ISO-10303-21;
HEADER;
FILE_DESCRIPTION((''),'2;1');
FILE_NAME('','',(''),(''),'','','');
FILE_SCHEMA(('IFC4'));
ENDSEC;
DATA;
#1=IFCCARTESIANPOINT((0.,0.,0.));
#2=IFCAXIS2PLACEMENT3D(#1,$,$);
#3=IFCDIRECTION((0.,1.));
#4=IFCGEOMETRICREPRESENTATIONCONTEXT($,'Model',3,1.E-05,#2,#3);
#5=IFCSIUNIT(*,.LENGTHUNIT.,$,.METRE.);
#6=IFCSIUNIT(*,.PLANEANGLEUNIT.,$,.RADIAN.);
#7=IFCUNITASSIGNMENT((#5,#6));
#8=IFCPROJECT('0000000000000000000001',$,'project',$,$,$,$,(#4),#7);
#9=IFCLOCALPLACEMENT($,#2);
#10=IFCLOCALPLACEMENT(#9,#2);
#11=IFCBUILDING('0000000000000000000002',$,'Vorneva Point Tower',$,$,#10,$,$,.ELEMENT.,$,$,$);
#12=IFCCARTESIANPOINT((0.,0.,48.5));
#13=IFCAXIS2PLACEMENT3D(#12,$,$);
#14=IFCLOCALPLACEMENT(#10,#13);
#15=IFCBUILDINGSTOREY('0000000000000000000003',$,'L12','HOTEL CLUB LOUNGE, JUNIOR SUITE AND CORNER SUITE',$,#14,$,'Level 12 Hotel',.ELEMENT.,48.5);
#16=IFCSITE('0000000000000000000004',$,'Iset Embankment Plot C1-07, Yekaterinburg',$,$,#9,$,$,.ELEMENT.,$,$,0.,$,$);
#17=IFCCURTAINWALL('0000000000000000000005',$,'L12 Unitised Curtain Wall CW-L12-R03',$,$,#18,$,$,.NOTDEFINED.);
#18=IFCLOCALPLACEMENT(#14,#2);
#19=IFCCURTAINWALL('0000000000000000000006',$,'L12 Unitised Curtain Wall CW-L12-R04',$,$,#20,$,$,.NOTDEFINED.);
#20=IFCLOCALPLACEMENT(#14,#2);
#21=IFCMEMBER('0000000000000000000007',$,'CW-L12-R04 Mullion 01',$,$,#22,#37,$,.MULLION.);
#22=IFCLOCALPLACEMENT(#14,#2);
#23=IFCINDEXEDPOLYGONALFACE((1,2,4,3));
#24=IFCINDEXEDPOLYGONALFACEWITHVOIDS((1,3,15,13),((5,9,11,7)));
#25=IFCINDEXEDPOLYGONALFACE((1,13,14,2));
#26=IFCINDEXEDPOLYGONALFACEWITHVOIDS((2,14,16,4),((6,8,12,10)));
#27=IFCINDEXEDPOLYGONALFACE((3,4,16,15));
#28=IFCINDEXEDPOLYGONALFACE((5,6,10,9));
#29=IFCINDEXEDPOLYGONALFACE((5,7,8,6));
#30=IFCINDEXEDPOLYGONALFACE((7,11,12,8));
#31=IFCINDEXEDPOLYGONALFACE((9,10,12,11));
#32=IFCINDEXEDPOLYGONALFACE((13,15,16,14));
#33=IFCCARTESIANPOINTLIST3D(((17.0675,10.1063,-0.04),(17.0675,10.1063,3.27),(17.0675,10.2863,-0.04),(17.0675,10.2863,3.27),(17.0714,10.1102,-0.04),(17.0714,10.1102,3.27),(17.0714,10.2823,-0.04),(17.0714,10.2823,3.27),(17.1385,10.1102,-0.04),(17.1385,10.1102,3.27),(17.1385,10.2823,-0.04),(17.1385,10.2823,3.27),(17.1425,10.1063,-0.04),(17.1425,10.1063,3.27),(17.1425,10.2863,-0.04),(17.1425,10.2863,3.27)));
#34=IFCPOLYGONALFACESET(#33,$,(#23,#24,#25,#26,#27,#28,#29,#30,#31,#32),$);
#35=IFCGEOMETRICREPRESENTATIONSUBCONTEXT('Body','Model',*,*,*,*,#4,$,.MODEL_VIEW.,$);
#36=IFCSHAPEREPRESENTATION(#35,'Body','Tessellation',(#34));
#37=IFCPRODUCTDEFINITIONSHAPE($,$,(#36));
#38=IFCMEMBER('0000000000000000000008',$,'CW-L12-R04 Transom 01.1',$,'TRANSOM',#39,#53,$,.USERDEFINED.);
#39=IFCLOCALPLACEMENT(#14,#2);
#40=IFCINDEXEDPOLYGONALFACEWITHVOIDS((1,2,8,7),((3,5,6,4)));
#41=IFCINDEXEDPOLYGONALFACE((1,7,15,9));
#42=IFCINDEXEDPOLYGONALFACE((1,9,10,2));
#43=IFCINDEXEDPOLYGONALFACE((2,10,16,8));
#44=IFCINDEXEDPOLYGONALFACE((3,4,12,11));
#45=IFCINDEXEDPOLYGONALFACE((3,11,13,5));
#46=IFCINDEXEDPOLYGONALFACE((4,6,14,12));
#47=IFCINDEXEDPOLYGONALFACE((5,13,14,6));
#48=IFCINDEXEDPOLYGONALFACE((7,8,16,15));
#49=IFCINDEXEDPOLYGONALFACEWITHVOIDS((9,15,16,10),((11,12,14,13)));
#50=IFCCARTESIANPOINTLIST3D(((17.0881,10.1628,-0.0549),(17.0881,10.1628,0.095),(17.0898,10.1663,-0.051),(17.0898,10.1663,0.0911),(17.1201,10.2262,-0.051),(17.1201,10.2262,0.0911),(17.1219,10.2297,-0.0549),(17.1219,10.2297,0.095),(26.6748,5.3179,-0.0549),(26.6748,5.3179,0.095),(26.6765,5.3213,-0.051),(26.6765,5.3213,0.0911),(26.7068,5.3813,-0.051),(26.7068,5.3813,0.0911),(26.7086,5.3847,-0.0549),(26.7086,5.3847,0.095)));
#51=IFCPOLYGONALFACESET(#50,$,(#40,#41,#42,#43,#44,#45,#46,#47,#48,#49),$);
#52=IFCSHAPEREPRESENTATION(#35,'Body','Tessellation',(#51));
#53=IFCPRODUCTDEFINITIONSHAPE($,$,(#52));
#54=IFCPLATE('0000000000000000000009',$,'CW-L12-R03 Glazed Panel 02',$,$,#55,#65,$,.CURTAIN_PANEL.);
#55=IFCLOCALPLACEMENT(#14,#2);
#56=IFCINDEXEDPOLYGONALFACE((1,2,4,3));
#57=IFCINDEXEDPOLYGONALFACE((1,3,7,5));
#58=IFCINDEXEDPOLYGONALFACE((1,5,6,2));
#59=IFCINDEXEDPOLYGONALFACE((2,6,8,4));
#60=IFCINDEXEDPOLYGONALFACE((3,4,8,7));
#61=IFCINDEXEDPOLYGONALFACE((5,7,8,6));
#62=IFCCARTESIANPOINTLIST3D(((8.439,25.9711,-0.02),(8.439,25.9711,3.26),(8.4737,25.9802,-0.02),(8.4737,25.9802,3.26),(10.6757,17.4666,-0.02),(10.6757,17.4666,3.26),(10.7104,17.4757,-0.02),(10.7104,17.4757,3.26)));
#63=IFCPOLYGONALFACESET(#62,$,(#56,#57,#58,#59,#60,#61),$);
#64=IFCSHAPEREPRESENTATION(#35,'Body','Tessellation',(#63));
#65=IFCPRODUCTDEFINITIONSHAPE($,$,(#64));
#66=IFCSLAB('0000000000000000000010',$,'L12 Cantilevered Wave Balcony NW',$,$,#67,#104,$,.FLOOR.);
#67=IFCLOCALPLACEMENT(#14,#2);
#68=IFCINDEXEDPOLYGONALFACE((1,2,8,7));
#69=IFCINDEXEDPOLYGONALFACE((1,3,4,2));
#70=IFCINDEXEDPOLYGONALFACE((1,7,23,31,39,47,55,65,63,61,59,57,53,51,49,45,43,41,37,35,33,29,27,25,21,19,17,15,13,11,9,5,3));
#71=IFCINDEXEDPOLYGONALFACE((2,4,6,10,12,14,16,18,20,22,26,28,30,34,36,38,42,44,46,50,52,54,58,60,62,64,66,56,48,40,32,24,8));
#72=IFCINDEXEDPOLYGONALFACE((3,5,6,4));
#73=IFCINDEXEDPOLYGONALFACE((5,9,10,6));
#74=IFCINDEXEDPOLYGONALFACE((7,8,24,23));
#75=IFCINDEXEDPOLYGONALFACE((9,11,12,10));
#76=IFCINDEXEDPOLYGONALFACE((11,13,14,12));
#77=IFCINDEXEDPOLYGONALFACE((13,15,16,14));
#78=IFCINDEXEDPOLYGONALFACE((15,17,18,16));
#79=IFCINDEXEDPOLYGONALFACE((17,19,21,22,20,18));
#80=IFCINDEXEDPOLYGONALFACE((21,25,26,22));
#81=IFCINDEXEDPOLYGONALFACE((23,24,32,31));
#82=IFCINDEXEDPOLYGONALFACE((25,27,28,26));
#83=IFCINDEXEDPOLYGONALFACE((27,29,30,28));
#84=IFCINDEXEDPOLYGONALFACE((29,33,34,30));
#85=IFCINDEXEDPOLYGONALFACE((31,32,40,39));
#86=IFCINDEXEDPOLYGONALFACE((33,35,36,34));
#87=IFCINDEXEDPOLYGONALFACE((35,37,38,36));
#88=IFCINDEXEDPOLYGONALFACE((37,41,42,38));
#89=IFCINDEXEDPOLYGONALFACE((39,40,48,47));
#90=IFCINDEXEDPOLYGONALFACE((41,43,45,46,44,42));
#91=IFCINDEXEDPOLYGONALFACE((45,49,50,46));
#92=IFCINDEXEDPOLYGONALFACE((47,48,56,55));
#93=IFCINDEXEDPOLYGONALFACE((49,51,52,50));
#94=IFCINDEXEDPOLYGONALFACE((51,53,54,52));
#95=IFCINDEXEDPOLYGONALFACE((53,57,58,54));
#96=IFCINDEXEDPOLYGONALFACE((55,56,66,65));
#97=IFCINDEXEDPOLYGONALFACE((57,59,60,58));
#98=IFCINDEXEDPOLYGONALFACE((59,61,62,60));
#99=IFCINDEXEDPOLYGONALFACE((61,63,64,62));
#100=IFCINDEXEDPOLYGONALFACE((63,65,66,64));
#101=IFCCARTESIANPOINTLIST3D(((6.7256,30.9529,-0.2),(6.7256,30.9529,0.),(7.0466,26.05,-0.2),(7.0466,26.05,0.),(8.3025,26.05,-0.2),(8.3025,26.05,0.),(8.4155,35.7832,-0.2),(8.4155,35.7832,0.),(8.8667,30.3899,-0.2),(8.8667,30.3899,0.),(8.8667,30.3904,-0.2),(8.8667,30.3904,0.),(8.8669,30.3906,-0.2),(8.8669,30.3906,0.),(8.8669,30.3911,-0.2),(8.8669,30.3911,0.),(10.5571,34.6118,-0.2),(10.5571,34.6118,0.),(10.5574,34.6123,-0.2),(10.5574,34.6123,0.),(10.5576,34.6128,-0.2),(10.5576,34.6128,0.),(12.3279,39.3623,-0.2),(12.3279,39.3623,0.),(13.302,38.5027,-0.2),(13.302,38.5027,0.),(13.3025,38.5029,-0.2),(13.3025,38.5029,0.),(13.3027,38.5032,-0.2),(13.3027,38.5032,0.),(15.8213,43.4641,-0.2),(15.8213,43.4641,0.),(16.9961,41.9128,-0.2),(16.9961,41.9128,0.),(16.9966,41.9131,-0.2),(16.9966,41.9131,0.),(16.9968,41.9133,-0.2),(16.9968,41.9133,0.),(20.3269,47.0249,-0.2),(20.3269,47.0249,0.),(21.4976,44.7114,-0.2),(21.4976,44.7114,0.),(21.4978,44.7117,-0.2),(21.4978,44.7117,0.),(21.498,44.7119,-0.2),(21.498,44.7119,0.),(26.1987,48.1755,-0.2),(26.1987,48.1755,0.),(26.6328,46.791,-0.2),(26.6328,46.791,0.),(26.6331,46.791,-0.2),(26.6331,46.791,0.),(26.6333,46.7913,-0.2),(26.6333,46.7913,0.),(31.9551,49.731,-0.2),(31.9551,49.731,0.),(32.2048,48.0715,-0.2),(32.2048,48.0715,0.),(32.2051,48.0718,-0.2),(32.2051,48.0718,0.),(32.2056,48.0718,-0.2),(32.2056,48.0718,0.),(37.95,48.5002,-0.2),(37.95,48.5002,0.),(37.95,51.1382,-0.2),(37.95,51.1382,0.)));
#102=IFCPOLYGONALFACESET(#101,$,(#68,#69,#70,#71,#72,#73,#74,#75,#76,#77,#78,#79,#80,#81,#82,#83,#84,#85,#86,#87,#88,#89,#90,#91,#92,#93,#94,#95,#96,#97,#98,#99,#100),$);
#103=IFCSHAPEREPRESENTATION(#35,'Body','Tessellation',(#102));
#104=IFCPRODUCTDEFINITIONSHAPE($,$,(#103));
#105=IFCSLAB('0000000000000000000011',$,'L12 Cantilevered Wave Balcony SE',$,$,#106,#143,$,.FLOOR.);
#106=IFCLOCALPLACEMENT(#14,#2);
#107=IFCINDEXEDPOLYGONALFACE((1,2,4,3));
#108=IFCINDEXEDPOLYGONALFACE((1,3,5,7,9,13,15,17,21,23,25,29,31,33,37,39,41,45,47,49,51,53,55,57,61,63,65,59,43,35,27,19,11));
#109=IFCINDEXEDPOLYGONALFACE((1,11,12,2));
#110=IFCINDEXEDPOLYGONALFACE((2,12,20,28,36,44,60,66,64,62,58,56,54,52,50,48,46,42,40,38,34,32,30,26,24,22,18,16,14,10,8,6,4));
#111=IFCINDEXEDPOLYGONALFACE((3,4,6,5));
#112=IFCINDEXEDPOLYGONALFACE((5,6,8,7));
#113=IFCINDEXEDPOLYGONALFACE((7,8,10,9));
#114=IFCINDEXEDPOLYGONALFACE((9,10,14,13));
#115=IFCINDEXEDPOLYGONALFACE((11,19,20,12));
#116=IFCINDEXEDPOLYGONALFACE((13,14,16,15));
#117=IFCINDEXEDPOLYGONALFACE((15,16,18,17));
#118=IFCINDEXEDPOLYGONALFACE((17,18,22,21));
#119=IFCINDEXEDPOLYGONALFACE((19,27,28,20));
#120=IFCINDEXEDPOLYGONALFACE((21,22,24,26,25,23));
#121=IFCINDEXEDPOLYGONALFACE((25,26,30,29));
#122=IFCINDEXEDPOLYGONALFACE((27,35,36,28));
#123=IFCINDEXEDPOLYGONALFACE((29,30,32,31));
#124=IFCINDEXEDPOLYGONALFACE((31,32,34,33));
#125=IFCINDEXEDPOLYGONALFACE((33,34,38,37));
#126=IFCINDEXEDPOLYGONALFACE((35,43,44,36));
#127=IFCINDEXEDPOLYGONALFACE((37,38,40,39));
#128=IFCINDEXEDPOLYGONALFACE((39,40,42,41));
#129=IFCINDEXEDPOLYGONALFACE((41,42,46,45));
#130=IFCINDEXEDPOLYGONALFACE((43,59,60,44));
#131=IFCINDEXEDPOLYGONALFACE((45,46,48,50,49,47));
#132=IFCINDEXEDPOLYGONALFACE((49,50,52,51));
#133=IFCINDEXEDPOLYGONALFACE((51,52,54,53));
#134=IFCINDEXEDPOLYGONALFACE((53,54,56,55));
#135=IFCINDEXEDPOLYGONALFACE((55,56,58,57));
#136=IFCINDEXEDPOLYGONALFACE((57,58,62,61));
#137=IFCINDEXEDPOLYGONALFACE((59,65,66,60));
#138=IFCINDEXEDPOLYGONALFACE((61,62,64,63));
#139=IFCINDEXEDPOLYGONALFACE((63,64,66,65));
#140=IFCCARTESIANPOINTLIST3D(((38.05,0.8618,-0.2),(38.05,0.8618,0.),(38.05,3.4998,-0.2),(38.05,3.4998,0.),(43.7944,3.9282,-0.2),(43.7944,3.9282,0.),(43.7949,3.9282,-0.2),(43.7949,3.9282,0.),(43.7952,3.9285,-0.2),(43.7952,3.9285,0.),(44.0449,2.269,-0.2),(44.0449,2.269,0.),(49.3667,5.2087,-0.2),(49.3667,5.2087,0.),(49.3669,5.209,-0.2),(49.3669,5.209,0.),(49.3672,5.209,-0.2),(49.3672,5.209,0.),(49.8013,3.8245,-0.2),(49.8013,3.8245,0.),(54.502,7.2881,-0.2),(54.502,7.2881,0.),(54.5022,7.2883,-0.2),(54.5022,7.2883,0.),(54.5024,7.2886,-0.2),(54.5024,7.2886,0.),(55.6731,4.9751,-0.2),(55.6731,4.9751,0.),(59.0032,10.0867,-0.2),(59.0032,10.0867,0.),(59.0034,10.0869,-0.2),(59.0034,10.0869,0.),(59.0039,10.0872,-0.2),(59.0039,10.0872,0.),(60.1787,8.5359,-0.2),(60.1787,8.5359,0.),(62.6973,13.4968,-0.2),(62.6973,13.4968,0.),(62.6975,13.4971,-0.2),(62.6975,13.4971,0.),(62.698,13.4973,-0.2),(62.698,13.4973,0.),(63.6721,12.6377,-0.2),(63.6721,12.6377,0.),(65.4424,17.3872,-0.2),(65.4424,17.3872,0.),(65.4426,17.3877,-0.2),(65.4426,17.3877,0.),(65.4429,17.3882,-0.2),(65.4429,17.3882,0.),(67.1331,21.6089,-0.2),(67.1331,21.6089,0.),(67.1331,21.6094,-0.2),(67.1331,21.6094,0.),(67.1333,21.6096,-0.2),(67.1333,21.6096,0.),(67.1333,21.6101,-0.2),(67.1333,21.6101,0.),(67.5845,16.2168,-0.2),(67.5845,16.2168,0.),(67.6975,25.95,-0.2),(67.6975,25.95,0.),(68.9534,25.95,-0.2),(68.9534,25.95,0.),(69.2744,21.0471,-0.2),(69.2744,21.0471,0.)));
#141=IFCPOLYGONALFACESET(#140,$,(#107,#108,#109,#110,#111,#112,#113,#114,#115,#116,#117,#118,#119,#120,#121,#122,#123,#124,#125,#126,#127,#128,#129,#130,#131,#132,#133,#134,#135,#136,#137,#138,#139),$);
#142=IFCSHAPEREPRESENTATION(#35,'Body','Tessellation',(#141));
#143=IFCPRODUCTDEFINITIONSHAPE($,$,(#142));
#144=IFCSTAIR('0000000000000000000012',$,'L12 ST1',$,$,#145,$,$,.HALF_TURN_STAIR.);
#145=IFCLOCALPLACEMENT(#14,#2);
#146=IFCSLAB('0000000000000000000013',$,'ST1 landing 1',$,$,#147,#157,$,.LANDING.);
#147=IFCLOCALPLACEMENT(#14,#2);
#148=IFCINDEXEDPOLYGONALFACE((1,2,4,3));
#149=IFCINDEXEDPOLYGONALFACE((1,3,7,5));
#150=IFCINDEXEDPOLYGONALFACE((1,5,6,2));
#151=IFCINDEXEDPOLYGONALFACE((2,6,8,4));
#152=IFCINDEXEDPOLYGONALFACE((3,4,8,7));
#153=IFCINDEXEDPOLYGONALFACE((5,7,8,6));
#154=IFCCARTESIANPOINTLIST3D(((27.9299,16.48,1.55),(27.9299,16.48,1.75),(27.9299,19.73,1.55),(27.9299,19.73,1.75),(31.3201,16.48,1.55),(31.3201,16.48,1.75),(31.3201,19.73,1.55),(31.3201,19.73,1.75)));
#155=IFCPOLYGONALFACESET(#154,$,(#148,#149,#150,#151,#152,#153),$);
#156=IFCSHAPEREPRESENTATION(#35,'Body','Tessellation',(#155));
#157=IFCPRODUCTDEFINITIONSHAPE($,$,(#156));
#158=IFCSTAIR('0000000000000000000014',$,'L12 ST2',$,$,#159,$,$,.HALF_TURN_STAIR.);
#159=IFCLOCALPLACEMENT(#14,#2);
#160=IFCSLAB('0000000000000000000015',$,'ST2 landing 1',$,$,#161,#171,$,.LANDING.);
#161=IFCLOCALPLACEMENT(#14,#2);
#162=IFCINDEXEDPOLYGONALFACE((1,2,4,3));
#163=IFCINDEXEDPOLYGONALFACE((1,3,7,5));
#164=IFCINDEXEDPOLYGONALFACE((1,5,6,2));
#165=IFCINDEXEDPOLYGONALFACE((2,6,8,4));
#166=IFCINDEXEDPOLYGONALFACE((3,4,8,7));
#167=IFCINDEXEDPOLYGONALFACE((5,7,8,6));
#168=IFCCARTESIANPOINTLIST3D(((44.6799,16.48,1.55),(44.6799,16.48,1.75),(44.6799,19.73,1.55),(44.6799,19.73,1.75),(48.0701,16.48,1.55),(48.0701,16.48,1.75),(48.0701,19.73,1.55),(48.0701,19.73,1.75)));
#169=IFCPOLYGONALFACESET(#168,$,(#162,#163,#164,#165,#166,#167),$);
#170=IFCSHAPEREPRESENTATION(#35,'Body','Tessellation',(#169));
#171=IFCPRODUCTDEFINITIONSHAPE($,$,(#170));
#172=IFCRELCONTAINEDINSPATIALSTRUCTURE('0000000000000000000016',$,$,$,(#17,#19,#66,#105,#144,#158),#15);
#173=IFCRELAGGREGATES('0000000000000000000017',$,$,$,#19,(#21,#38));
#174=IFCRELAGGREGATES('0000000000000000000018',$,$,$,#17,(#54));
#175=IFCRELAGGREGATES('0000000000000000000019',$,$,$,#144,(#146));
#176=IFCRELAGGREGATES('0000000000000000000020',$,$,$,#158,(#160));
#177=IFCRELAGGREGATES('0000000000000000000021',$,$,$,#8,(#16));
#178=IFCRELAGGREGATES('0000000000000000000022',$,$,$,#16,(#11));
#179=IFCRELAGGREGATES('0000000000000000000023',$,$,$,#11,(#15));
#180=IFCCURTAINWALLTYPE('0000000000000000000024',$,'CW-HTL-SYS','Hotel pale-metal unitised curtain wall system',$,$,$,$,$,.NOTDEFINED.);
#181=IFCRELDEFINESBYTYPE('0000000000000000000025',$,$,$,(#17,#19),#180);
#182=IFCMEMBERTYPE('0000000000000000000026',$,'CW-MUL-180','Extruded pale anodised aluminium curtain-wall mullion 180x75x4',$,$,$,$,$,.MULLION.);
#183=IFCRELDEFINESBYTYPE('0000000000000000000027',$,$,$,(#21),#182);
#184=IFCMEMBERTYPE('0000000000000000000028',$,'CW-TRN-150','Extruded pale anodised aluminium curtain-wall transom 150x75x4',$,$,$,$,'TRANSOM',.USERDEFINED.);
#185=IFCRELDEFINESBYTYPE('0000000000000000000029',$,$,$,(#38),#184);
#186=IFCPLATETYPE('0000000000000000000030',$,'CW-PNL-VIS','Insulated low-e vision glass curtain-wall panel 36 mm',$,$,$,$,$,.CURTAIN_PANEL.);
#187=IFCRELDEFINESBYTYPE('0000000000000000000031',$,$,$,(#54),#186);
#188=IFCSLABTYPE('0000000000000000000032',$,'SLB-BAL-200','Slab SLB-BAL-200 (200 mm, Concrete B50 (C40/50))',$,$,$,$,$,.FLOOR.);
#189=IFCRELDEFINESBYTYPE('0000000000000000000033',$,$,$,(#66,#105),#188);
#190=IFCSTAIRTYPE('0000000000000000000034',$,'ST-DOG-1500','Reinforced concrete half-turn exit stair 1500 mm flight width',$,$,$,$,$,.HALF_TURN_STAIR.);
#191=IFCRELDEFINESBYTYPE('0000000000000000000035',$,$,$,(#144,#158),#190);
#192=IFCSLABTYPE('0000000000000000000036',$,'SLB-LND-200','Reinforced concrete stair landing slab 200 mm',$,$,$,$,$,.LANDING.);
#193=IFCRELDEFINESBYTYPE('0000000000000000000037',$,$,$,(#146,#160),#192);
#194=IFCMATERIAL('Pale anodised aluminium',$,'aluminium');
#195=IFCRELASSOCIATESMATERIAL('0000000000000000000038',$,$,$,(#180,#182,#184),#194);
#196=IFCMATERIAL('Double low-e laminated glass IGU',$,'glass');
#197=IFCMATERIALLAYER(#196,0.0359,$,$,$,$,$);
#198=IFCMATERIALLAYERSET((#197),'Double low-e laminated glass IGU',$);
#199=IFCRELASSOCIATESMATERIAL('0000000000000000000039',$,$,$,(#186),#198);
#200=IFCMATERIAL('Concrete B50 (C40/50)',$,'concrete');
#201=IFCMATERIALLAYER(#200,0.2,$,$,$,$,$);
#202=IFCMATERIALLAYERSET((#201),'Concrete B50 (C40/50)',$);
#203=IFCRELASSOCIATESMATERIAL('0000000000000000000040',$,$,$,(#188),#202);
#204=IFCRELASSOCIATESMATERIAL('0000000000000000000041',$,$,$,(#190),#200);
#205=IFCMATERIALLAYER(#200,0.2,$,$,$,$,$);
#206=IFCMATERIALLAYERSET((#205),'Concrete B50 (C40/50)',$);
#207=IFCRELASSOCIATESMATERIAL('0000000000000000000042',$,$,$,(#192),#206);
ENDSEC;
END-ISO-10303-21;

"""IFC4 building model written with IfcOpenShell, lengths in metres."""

from ifc_helpers import new_model, si_unit, direction, frame, origin, origin_2d, place, context, subcontext, project, spatial, polyline, rectangle, hollow_rectangle, outline, extrude, material, layer, layer_set, material_profile, profile_set, type_object, element, aggregate, save


model = new_model("IFC4")

# Units and contexts
model_context = context("Model", 3, precision=1e-05, world=origin(), true_north=direction((0.0, 1.0)))
body_context = subcontext(model_context, "Body", "Model", "MODEL_VIEW")
ifc_project = project(units=[si_unit("LENGTHUNIT", "METRE"), si_unit("PLANEANGLEUNIT", "RADIAN")], contexts=[model_context])

# Site, building, storey
site_placement = place(None, origin())
site = spatial("IfcSite", under=ifc_project, at=site_placement, Name="Iset Embankment Plot C1-07, Yekaterinburg", CompositionType="ELEMENT", RefElevation=0.0)
building_placement = place(site_placement, origin())
building = spatial("IfcBuilding", under=site, at=building_placement, Name="Vorneva Point Tower", CompositionType="ELEMENT")
storey_placement = place(building_placement, frame((0.0, 0.0, 48.5)))
storey = spatial("IfcBuildingStorey", under=building, at=storey_placement, Name="L12", Description="HOTEL CLUB LOUNGE, JUNIOR SUITE AND CORNER SUITE", LongName="Level 12 Hotel", CompositionType="ELEMENT", Elevation=48.5)

# Curtain walls, members
ifc_material_1 = material(Name="Pale anodised aluminium", Category="aluminium")
curtain_wall_type = type_object("IfcCurtainWallType", Name="CW-HTL-SYS", Description="Hotel pale-metal unitised curtain wall system", PredefinedType="NOTDEFINED", material=ifc_material_1)
curtain_wall_1_placement = place(storey_placement, origin())
curtain_wall_1 = element("IfcCurtainWall", 1, at=curtain_wall_1_placement, inside=storey, type_object=curtain_wall_type, Name="L12 Unitised Curtain Wall CW-L12-R03", PredefinedType="NOTDEFINED")
ifc_material_profile_1 = material_profile(ifc_material_1, hollow_rectangle(XDim=0.075, YDim=0.1799, WallThickness=0.0039, at=origin_2d()), Name="AL-MUL 180x75x4")
ifc_profile_set_1 = profile_set([ifc_material_profile_1], Name="Pale anodised aluminium")
member_type_1 = type_object("IfcMemberType", Name="CW-MUL-180", Description="Extruded pale anodised aluminium curtain-wall mullion 180x75x4", PredefinedType="MULLION", material=ifc_profile_set_1)
curtain_wall_2_placement = place(storey_placement, origin())
curtain_wall_2 = element("IfcCurtainWall", 2, at=curtain_wall_2_placement, inside=storey, type_object=curtain_wall_type, Name="L12 Unitised Curtain Wall CW-L12-R04", PredefinedType="NOTDEFINED")
member_1_placement = place(storey_placement, frame((17.105, 10.1963, -0.04), z_axis=(0.0, 0.0, 1.0), x_axis=(1.0, 0.0, 0.0)))
member_1 = element("IfcMember", 3, at=member_1_placement, type_object=member_type_1, Name="CW-L12-R04 Mullion 01", PredefinedType="MULLION", context=body_context, shape_type="SweptSolid", body=[
    extrude(hollow_rectangle(XDim=0.075, YDim=0.1799, WallThickness=0.0039, at=origin_2d()), origin(), (0.0, 0.0, 1.0), 3.3101),
])
ifc_material_profile_2 = material_profile(ifc_material_1, hollow_rectangle(XDim=0.075, YDim=0.1499, WallThickness=0.0039, at=origin_2d()), Name="AL-TRN 150x75x4")
ifc_profile_set_2 = profile_set([ifc_material_profile_2], Name="Pale anodised aluminium")
member_type_2 = type_object("IfcMemberType", Name="CW-TRN-150", Description="Extruded pale anodised aluminium curtain-wall transom 150x75x4", ElementType="TRANSOM", PredefinedType="USERDEFINED", material=ifc_profile_set_2)
member_2_placement = place(storey_placement, frame((17.105, 10.1963, 0.02), z_axis=(0.892496, -0.451055, 0.0), x_axis=(0.451055, 0.892496, 0.0)))
member_2 = element("IfcMember", 4, at=member_2_placement, type_object=member_type_2, Name="CW-L12-R04 Transom 01.1", ObjectType="TRANSOM", PredefinedType="USERDEFINED", context=body_context, shape_type="SweptSolid", body=[
    extrude(hollow_rectangle(XDim=0.075, YDim=0.1499, WallThickness=0.0039, at=origin_2d()), origin(), (0.0, 0.0, 1.0), 10.7415),
])
aggregate(curtain_wall_2, [member_1, member_2])

# Plate
ifc_material_2 = material(Name="Double low-e laminated glass IGU", Category="glass")
ifc_layer_1 = layer(ifc_material_2, 0.0359)
ifc_layer_set_1 = layer_set([ifc_layer_1], Name="Double low-e laminated glass IGU")
plate_type = type_object("IfcPlateType", Name="CW-PNL-VIS", Description="Insulated low-e vision glass curtain-wall panel 36 mm", PredefinedType="CURTAIN_PANEL", material=ifc_layer_set_1)
plate_placement = place(storey_placement, frame((9.5747, 21.7234, -0.02), z_axis=(0.0, 0.0, 1.0), x_axis=(0.254349, -0.967113, 0.0)))
plate = element("IfcPlate", 5, at=plate_placement, type_object=plate_type, Name="CW-L12-R03 Glazed Panel 02", PredefinedType="CURTAIN_PANEL", context=body_context, shape_type="SweptSolid", body=[
    extrude(rectangle(XDim=8.7937, YDim=0.0359, at=origin_2d()), origin(), (0.0, 0.0, 1.0), 3.28),
])
aggregate(curtain_wall_1, [plate])

# Slabs
ifc_material_3 = material(Name="Concrete B50 (C40/50)", Category="concrete")
ifc_layer_2 = layer(ifc_material_3, 0.2)
ifc_layer_set_2 = layer_set([ifc_layer_2], Name="Concrete B50 (C40/50)")
slab_type_1 = type_object("IfcSlabType", Name="SLB-BAL-200", Description="Slab SLB-BAL-200 (200 mm, Concrete B50 (C40/50))", PredefinedType="FLOOR", material=ifc_layer_set_2)
slab_1_placement = place(storey_placement, frame((0.0, 0.0, -0.2)))
element("IfcSlab", 6, at=slab_1_placement, inside=storey, type_object=slab_type_1, Name="L12 Cantilevered Wave Balcony NW", PredefinedType="FLOOR", context=body_context, shape_type="SweptSolid", body=[
    extrude(outline(polyline([(7.0466, 26.05), (8.3025, 26.05), (8.8667, 30.3899), (8.8667, 30.3904), (8.8669, 30.3906), (8.8669, 30.3911), (10.5571, 34.6118), (10.5574, 34.6123), (10.5576, 34.6128), (13.302, 38.5027), (13.3025, 38.5029), (13.3027, 38.5032), (16.9961, 41.9128), (16.9966, 41.9131), (16.9968, 41.9133), (21.4976, 44.7114), (21.4978, 44.7117), (21.498, 44.7119), (26.6328, 46.791), (26.6331, 46.791), (26.6333, 46.7913), (32.2048, 48.0715), (32.2051, 48.0718), (32.2056, 48.0718), (37.95, 48.5002), (37.95, 51.1382), (31.9551, 49.731), (26.1987, 48.1755), (20.3269, 47.0249), (15.8213, 43.4641), (12.3279, 39.3623), (8.4155, 35.7832), (6.7256, 30.9529), (7.0466, 26.05)])), origin(), (0.0, 0.0, 1.0), 0.2),
])
slab_2_placement = place(storey_placement, frame((0.0, 0.0, -0.2)))
element("IfcSlab", 7, at=slab_2_placement, inside=storey, type_object=slab_type_1, Name="L12 Cantilevered Wave Balcony SE", PredefinedType="FLOOR", context=body_context, shape_type="SweptSolid", body=[
    extrude(outline(polyline([(69.2744, 21.0471), (68.9534, 25.95), (67.6975, 25.95), (67.1333, 21.6101), (67.1333, 21.6096), (67.1331, 21.6094), (67.1331, 21.6089), (65.4429, 17.3882), (65.4426, 17.3877), (65.4424, 17.3872), (62.698, 13.4973), (62.6975, 13.4971), (62.6973, 13.4968), (59.0039, 10.0872), (59.0034, 10.0869), (59.0032, 10.0867), (54.5024, 7.2886), (54.5022, 7.2883), (54.502, 7.2881), (49.3672, 5.209), (49.3669, 5.209), (49.3667, 5.2087), (43.7952, 3.9285), (43.7949, 3.9282), (43.7944, 3.9282), (38.05, 3.4998), (38.05, 0.8618), (44.0449, 2.269), (49.8013, 3.8245), (55.6731, 4.9751), (60.1787, 8.5359), (63.6721, 12.6377), (67.5845, 16.2168), (69.2744, 21.0471)])), origin(), (0.0, 0.0, 1.0), 0.2),
])

# Stairs, slabs
stair_type = type_object("IfcStairType", Name="ST-DOG-1500", Description="Reinforced concrete half-turn exit stair 1500 mm flight width", PredefinedType="HALF_TURN_STAIR", material=ifc_material_3)
stair_1_placement = place(storey_placement, origin())
stair_1 = element("IfcStair", 8, at=stair_1_placement, inside=storey, type_object=stair_type, Name="L12 ST1", PredefinedType="HALF_TURN_STAIR")
ifc_layer_3 = layer(ifc_material_3, 0.2)
ifc_layer_set_3 = layer_set([ifc_layer_3], Name="Concrete B50 (C40/50)")
slab_type_2 = type_object("IfcSlabType", Name="SLB-LND-200", Description="Reinforced concrete stair landing slab 200 mm", PredefinedType="LANDING", material=ifc_layer_set_3)
slab_3_placement = place(storey_placement, frame((0.0, 0.0, 1.55)))
slab_3 = element("IfcSlab", 9, at=slab_3_placement, type_object=slab_type_2, Name="ST1 landing 1", PredefinedType="LANDING", context=body_context, shape_type="SweptSolid", body=[
    extrude(outline(polyline([(27.9299, 16.48), (31.3201, 16.48), (31.3201, 19.73), (27.9299, 19.73), (27.9299, 16.48)])), origin(), (0.0, 0.0, 1.0), 0.2),
])
aggregate(stair_1, [slab_3])
stair_2_placement = place(storey_placement, origin())
stair_2 = element("IfcStair", 10, at=stair_2_placement, inside=storey, type_object=stair_type, Name="L12 ST2", PredefinedType="HALF_TURN_STAIR")
slab_4_placement = place(storey_placement, frame((0.0, 0.0, 1.55)))
slab_4 = element("IfcSlab", 11, at=slab_4_placement, type_object=slab_type_2, Name="ST2 landing 1", PredefinedType="LANDING", context=body_context, shape_type="SweptSolid", body=[
    extrude(outline(polyline([(44.6799, 16.48), (48.0701, 16.48), (48.0701, 19.73), (44.6799, 19.73), (44.6799, 16.48)])), origin(), (0.0, 0.0, 1.0), 0.2),
])
aggregate(stair_2, [slab_4])

save(model, "model.ifc")
